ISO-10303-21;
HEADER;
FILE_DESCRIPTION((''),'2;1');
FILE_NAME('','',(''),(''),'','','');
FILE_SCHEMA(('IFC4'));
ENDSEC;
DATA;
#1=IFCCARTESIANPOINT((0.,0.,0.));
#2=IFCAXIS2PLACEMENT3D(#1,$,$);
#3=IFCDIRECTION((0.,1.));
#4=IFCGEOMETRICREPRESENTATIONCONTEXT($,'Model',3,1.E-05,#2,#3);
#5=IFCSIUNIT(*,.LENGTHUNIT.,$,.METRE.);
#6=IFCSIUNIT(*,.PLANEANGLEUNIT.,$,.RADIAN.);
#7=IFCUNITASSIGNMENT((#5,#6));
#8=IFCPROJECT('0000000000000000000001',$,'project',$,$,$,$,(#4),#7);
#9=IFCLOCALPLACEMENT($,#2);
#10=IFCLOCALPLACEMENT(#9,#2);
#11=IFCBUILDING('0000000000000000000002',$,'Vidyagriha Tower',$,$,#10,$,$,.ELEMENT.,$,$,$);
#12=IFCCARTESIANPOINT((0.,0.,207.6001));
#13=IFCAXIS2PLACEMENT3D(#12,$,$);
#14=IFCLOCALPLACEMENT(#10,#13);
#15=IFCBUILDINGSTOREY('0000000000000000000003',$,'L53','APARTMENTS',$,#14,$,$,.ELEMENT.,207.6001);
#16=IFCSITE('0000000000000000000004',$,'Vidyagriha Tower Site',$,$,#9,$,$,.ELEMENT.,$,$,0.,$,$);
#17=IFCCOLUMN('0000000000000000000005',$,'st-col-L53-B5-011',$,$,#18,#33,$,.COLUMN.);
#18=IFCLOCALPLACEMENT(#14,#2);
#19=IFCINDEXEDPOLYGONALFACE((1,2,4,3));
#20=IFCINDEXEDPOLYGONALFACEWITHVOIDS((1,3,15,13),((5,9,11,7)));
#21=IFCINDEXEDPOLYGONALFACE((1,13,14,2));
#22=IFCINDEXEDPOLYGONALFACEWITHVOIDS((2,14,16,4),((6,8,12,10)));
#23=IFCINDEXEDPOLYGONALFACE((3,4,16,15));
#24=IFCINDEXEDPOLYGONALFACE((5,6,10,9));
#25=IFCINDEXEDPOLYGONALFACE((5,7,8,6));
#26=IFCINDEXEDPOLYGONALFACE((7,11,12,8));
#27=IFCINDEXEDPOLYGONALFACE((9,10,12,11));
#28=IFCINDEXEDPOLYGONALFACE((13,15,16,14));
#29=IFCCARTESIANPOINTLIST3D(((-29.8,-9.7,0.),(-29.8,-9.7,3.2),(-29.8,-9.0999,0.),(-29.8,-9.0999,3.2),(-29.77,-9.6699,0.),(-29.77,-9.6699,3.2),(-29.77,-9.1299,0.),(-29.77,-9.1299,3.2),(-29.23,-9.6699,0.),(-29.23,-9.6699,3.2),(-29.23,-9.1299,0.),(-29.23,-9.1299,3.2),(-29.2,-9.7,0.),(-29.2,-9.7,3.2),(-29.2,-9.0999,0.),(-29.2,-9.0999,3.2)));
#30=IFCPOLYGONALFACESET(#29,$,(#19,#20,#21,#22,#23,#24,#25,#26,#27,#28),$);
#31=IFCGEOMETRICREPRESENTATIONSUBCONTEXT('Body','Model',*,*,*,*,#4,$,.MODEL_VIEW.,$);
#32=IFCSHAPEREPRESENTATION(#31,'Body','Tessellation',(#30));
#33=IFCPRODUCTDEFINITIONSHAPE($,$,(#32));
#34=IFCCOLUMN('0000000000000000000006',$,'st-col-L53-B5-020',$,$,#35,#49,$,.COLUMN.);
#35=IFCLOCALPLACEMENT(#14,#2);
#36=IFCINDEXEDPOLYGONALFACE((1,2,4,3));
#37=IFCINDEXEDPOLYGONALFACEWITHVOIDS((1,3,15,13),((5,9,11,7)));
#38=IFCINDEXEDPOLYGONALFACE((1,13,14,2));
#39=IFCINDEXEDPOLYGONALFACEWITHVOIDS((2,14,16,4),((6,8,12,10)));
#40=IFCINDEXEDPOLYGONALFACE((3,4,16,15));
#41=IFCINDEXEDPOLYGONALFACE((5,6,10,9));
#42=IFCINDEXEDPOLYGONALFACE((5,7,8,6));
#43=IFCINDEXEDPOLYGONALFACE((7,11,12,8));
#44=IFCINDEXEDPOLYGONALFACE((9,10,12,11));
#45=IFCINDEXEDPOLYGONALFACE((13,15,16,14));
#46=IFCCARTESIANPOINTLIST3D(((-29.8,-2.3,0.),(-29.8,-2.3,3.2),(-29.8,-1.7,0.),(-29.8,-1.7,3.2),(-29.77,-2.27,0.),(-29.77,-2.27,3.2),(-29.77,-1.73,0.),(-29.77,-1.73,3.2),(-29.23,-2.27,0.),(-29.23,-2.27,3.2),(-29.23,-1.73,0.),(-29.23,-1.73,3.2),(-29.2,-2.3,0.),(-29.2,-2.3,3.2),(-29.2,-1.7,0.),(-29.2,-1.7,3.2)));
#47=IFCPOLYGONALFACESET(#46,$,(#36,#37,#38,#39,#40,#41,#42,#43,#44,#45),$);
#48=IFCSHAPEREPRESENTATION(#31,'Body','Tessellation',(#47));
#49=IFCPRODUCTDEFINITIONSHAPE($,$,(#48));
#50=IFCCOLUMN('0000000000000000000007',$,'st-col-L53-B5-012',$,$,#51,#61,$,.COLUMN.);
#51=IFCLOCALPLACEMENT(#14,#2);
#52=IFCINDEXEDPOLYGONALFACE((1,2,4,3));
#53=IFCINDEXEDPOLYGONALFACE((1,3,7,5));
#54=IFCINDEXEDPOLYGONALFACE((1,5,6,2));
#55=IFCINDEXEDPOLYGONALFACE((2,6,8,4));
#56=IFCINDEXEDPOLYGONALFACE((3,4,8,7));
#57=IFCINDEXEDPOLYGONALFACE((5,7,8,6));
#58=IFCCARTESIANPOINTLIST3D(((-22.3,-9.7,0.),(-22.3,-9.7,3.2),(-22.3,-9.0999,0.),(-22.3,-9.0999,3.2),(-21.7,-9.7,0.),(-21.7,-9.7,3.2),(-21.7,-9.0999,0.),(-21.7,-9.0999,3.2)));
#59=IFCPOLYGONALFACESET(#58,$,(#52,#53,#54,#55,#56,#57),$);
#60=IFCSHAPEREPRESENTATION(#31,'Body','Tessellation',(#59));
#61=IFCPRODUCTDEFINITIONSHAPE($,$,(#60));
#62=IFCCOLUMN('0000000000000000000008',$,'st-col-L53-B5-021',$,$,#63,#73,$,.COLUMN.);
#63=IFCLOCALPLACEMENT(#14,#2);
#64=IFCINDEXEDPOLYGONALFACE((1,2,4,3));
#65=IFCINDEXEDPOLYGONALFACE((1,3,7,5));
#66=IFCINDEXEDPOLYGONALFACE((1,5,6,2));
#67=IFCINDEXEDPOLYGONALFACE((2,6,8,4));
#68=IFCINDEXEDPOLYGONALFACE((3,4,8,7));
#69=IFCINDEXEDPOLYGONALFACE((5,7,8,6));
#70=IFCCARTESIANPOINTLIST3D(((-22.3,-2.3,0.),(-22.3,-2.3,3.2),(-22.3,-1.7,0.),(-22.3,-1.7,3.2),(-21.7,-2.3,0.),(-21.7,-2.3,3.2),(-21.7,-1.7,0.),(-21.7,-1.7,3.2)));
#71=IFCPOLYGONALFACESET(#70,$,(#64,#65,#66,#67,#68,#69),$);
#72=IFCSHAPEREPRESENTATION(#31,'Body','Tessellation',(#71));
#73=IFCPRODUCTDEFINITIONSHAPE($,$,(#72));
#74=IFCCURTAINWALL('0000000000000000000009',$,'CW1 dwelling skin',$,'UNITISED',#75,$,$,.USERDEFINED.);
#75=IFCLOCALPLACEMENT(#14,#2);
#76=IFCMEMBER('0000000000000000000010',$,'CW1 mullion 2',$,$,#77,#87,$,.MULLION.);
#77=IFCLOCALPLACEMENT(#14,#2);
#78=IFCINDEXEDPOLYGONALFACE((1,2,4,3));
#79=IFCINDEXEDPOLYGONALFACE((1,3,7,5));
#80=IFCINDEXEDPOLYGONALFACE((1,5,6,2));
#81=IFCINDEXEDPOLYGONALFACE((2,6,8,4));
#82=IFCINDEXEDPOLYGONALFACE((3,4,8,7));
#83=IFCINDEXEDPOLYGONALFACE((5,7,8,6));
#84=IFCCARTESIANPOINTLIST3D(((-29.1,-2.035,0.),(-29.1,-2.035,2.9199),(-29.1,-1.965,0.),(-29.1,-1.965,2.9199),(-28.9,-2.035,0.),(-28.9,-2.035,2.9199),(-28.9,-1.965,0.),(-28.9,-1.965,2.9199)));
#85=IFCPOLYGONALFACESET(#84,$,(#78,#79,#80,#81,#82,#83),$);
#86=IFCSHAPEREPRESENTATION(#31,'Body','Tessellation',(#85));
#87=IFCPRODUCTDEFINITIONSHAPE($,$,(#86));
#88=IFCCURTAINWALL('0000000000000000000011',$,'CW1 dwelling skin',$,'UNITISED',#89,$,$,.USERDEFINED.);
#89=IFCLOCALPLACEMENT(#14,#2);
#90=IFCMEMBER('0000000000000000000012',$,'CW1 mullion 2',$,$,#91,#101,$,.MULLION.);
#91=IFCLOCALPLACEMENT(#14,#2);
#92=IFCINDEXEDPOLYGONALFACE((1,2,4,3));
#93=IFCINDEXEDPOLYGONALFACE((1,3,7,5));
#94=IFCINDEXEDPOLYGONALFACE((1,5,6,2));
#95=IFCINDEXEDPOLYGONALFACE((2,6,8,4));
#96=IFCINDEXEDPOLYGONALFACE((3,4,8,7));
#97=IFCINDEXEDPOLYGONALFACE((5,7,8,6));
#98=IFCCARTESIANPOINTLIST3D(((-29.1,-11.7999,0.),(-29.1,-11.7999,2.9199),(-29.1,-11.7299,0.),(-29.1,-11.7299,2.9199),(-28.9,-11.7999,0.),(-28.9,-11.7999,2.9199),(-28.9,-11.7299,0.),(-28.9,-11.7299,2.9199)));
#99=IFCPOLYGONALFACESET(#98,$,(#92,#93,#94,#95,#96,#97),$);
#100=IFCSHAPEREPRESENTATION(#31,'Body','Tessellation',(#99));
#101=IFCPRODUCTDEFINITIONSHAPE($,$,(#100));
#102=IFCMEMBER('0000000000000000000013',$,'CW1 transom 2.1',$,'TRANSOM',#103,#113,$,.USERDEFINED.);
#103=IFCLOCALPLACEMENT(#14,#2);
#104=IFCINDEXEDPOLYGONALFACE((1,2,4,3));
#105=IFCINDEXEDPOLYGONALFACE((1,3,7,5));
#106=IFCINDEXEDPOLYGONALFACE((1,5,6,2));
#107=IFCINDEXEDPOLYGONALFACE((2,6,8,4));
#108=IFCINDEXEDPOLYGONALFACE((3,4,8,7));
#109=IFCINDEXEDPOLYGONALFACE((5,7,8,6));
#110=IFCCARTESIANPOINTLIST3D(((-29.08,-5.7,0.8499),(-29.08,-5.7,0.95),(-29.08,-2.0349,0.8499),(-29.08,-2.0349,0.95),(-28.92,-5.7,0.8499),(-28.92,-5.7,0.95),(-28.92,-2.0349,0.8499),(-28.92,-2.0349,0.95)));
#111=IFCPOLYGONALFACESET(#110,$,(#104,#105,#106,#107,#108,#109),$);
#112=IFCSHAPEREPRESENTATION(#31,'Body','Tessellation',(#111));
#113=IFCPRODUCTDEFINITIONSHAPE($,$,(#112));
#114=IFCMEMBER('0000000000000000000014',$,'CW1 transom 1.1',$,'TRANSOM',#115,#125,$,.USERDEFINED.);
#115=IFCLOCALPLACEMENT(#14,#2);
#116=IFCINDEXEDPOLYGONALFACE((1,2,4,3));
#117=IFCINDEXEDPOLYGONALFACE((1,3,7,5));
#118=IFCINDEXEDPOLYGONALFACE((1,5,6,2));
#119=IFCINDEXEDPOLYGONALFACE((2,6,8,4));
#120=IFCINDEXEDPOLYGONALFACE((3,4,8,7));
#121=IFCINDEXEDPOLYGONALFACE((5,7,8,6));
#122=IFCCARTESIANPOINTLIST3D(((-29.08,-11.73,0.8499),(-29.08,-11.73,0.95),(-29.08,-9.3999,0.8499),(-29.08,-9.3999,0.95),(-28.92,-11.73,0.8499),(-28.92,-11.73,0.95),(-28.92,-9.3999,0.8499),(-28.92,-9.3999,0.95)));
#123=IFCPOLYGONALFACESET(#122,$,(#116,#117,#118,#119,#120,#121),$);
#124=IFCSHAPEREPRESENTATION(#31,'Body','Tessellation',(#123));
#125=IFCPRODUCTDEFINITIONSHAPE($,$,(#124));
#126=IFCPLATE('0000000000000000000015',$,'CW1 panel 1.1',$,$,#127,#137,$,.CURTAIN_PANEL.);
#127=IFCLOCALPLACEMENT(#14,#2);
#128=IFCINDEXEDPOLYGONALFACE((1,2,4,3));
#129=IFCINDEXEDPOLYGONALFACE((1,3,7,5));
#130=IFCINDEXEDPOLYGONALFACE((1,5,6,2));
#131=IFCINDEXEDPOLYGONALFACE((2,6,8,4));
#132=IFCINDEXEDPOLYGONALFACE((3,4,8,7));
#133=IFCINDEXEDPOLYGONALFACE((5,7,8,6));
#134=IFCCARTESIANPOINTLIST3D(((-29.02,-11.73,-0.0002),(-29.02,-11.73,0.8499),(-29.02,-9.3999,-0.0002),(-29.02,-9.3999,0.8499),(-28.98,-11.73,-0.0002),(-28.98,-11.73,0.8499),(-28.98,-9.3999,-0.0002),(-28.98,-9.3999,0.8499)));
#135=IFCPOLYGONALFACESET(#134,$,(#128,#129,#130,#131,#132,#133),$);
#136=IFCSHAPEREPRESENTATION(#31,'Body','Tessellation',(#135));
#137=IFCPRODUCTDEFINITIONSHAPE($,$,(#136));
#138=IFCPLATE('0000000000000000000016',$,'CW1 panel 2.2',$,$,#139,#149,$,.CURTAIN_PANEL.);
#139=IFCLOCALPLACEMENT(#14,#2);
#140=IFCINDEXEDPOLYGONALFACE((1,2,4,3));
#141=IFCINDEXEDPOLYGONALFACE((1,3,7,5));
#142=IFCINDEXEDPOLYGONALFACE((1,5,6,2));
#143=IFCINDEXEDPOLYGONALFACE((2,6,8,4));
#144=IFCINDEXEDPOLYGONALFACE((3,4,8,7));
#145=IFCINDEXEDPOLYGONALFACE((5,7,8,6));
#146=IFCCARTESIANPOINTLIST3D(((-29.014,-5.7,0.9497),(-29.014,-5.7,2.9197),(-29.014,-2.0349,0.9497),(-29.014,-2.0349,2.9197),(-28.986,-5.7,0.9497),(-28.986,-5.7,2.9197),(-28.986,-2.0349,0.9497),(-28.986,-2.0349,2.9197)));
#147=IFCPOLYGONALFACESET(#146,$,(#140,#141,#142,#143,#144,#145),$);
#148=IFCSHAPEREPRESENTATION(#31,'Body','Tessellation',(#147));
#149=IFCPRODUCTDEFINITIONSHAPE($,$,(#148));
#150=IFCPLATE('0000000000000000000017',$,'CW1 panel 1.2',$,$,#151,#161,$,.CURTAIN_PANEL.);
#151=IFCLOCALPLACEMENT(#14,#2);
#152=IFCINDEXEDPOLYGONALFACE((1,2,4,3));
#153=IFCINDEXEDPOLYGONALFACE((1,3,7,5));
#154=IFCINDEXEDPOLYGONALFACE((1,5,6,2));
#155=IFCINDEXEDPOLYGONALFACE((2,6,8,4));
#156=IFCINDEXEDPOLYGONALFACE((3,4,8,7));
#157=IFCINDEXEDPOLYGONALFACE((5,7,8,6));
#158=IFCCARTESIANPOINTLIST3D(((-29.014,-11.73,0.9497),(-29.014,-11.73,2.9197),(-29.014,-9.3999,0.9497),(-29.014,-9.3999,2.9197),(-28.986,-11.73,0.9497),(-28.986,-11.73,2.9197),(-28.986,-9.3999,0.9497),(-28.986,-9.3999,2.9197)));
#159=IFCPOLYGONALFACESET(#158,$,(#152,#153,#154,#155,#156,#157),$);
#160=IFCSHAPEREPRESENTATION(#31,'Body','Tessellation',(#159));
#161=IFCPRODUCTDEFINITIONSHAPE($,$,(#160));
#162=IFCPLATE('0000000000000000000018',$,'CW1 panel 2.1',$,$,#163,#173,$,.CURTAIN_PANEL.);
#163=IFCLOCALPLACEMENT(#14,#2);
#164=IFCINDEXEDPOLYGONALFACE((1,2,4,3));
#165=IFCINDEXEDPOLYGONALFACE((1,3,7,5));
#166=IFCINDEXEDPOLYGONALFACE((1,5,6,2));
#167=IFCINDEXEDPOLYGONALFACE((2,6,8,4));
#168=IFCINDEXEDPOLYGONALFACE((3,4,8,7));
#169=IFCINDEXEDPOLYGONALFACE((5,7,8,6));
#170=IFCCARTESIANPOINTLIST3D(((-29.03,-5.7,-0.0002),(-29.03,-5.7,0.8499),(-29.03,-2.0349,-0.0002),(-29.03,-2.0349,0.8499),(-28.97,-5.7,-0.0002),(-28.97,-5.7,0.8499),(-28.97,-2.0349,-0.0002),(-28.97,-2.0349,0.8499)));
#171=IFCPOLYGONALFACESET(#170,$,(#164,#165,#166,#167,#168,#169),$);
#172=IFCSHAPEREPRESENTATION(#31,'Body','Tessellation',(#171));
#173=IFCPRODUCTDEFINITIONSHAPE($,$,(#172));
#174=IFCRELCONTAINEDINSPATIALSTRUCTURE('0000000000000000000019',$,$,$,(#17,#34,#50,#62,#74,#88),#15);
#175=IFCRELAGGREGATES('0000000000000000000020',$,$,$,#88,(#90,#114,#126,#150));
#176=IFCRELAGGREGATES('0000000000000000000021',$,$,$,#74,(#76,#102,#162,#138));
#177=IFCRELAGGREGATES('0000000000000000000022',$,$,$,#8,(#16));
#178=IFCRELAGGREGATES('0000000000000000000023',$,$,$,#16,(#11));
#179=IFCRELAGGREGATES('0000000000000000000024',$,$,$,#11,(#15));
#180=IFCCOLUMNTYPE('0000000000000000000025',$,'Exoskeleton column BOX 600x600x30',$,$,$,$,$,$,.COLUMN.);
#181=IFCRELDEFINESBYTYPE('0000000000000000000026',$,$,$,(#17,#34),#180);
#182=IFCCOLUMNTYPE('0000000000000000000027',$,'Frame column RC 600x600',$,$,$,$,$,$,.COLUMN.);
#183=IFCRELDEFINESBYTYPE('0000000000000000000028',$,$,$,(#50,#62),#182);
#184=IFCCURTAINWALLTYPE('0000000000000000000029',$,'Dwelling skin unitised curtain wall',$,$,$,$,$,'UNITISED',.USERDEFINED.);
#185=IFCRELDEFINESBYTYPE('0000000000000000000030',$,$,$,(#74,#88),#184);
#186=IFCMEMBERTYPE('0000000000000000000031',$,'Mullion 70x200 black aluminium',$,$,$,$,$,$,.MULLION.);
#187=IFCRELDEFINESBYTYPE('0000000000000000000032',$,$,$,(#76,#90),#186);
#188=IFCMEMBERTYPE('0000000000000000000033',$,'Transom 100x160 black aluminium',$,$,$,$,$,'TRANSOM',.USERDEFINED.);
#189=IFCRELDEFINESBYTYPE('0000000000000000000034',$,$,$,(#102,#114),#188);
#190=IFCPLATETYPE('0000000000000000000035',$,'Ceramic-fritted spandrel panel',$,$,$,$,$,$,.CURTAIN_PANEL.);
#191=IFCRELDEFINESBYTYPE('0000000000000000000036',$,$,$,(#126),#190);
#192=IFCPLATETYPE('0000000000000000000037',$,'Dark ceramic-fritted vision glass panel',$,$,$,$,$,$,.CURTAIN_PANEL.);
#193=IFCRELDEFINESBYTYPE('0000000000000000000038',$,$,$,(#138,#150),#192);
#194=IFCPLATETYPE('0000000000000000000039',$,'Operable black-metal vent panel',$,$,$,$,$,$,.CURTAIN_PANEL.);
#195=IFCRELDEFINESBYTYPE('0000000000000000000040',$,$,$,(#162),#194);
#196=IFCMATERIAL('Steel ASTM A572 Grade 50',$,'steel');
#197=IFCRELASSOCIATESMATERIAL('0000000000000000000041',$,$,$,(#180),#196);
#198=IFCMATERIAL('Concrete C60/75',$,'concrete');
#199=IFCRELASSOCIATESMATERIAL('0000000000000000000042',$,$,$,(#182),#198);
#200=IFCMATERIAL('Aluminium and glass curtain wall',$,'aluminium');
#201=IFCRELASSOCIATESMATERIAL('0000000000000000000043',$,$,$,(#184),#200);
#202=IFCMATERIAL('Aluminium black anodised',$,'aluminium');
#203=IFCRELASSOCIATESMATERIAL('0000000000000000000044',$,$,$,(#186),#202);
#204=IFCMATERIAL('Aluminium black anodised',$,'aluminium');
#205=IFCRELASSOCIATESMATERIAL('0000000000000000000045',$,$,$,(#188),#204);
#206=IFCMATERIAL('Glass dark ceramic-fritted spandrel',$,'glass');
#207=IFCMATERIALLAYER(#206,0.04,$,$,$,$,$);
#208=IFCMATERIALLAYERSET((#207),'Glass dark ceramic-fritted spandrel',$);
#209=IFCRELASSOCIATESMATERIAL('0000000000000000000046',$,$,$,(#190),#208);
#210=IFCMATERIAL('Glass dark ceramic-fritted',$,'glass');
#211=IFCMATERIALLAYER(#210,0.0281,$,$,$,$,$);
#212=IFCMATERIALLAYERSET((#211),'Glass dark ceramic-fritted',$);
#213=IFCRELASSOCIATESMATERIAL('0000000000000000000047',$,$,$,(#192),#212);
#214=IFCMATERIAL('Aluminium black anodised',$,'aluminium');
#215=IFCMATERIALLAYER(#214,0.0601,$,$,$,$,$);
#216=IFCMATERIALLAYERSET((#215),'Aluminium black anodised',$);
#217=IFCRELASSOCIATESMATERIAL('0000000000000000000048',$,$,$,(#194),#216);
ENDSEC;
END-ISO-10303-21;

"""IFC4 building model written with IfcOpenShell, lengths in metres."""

from ifc_helpers import new_model, si_unit, direction, frame, origin, origin_2d, place, context, subcontext, project, spatial, rectangle, hollow_rectangle, extrude, material, layer, layer_set, material_profile, profile_set, type_object, element, aggregate, save


model = new_model("IFC4")

# Units and contexts
model_context = context("Model", 3, precision=1e-05, world=origin(), true_north=direction((0.0, 1.0)))
body_context = subcontext(model_context, "Body", "Model", "MODEL_VIEW")
ifc_project = project(units=[si_unit("LENGTHUNIT", "METRE"), si_unit("PLANEANGLEUNIT", "RADIAN")], contexts=[model_context])

# Site, building, storey
site_placement = place(None, origin())
site = spatial("IfcSite", under=ifc_project, at=site_placement, Name="Vidyagriha Tower Site", CompositionType="ELEMENT", RefElevation=0.0)
building_placement = place(site_placement, origin())
building = spatial("IfcBuilding", under=site, at=building_placement, Name="Vidyagriha Tower", CompositionType="ELEMENT")
storey_placement = place(building_placement, frame((0.0, 0.0, 207.6001)))
storey = spatial("IfcBuildingStorey", under=building, at=storey_placement, Name="L53", Description="APARTMENTS", CompositionType="ELEMENT", Elevation=207.6001)

# Columns
ifc_material_1 = material(Name="Steel ASTM A572 Grade 50", Category="steel")
ifc_material_profile_1 = material_profile(ifc_material_1, hollow_rectangle(XDim=0.6001, YDim=0.6001, WallThickness=0.03, at=origin_2d()), Name="BOX 600x600x30")
ifc_profile_set_1 = profile_set([ifc_material_profile_1], Name="Steel ASTM A572 Grade 50")
column_type_1 = type_object("IfcColumnType", Name="Exoskeleton column BOX 600x600x30", PredefinedType="COLUMN", material=ifc_profile_set_1)
for number, where, name in (
    (1, (-29.5, -9.3999, 0.0), "st-col-L53-B5-011"),
    (2, (-29.5, -2.0, 0.0), "st-col-L53-B5-020"),
):
    element("IfcColumn", number, at=place(storey_placement, frame(where)), inside=storey, type_object=column_type_1, Name=name, PredefinedType="COLUMN", context=body_context, shape_type="SweptSolid", body=[
        extrude(hollow_rectangle(XDim=0.6001, YDim=0.6001, WallThickness=0.03, at=origin_2d()), origin(), (0.0, 0.0, 1.0), 3.2),
    ])
ifc_material_2 = material(Name="Concrete C60/75", Category="concrete")
ifc_material_profile_2 = material_profile(ifc_material_2, rectangle(XDim=0.6001, YDim=0.6001, at=origin_2d()), Name="RC 600x600")
ifc_profile_set_2 = profile_set([ifc_material_profile_2], Name="Concrete C60/75")
column_type_2 = type_object("IfcColumnType", Name="Frame column RC 600x600", PredefinedType="COLUMN", material=ifc_profile_set_2)
for number, where, name in (
    (3, (-22.0, -9.3999, 0.0), "st-col-L53-B5-012"),
    (4, (-22.0, -2.0, 0.0), "st-col-L53-B5-021"),
):
    element("IfcColumn", number, at=place(storey_placement, frame(where)), inside=storey, type_object=column_type_2, Name=name, PredefinedType="COLUMN", context=body_context, shape_type="SweptSolid", body=[
        extrude(rectangle(XDim=0.6001, YDim=0.6001, at=origin_2d()), origin(), (0.0, 0.0, 1.0), 3.2),
    ])

# Curtain walls, members
ifc_material_3 = material(Name="Aluminium and glass curtain wall", Category="aluminium")
curtain_wall_type = type_object("IfcCurtainWallType", Name="Dwelling skin unitised curtain wall", ElementType="UNITISED", PredefinedType="USERDEFINED", material=ifc_material_3)
curtain_wall_1_placement = place(storey_placement, origin())
curtain_wall_1 = element("IfcCurtainWall", 5, at=curtain_wall_1_placement, inside=storey, type_object=curtain_wall_type, Name="CW1 dwelling skin", ObjectType="UNITISED", PredefinedType="USERDEFINED")
ifc_material_4 = material(Name="Aluminium black anodised", Category="aluminium")
ifc_material_profile_3 = material_profile(ifc_material_4, rectangle(XDim=0.2, YDim=0.0701, at=origin_2d()), Name="Mullion 70x200 black aluminium")
ifc_profile_set_3 = profile_set([ifc_material_profile_3], Name="Aluminium black anodised")
member_type_1 = type_object("IfcMemberType", Name="Mullion 70x200 black aluminium", PredefinedType="MULLION", material=ifc_profile_set_3)
member_1_placement = place(storey_placement, frame((-29.0, -2.0, 0.0)))
member_1 = element("IfcMember", 6, at=member_1_placement, type_object=member_type_1, Name="CW1 mullion 2", PredefinedType="MULLION", context=body_context, shape_type="SweptSolid", body=[
    extrude(rectangle(XDim=0.2, YDim=0.0701, at=origin_2d()), origin(), (0.0, 0.0, 1.0), 2.9199),
])
curtain_wall_2_placement = place(storey_placement, origin())
curtain_wall_2 = element("IfcCurtainWall", 7, at=curtain_wall_2_placement, inside=storey, type_object=curtain_wall_type, Name="CW1 dwelling skin", ObjectType="UNITISED", PredefinedType="USERDEFINED")
member_2_placement = place(storey_placement, frame((-29.0, -11.7649, 0.0)))
member_2 = element("IfcMember", 8, at=member_2_placement, type_object=member_type_1, Name="CW1 mullion 2", PredefinedType="MULLION", context=body_context, shape_type="SweptSolid", body=[
    extrude(rectangle(XDim=0.2, YDim=0.0701, at=origin_2d()), origin(), (0.0, 0.0, 1.0), 2.9199),
])

# Members
ifc_material_5 = material(Name="Aluminium black anodised", Category="aluminium")
ifc_material_profile_4 = material_profile(ifc_material_5, rectangle(XDim=0.1599, YDim=0.1001, at=origin_2d()), Name="Transom 100x160 black aluminium")
ifc_profile_set_4 = profile_set([ifc_material_profile_4], Name="Aluminium black anodised")
member_type_2 = type_object("IfcMemberType", Name="Transom 100x160 black aluminium", ElementType="TRANSOM", PredefinedType="USERDEFINED", material=ifc_profile_set_4)
member_3_placement = place(storey_placement, frame((-29.0, -2.0349, 0.8999), z_axis=(0.0, -1.0, 0.0), x_axis=(1.0, 0.0, 0.0)))
member_3 = element("IfcMember", 9, at=member_3_placement, type_object=member_type_2, Name="CW1 transom 2.1", ObjectType="TRANSOM", PredefinedType="USERDEFINED", context=body_context, shape_type="SweptSolid", body=[
    extrude(rectangle(XDim=0.1599, YDim=0.1001, at=origin_2d()), origin(), (0.0, 0.0, 1.0), 3.665),
])
member_4_placement = place(storey_placement, frame((-29.0, -9.3999, 0.8999), z_axis=(0.0, -1.0, 0.0), x_axis=(1.0, 0.0, 0.0)))
member_4 = element("IfcMember", 10, at=member_4_placement, type_object=member_type_2, Name="CW1 transom 1.1", ObjectType="TRANSOM", PredefinedType="USERDEFINED", context=body_context, shape_type="SweptSolid", body=[
    extrude(rectangle(XDim=0.1599, YDim=0.1001, at=origin_2d()), origin(), (0.0, 0.0, 1.0), 2.3301),
])

# Plates
ifc_material_6 = material(Name="Glass dark ceramic-fritted spandrel", Category="glass")
ifc_layer_1 = layer(ifc_material_6, 0.04)
ifc_layer_set_1 = layer_set([ifc_layer_1], Name="Glass dark ceramic-fritted spandrel")
plate_type_1 = type_object("IfcPlateType", Name="Ceramic-fritted spandrel panel", PredefinedType="CURTAIN_PANEL", material=ifc_layer_set_1)
plate_1_placement = place(storey_placement, frame((-29.0, -10.5649, -0.0002), z_axis=(0.0, 0.0, 1.0), x_axis=(0.0, -1.0, 0.0)))
plate_1 = element("IfcPlate", 11, at=plate_1_placement, type_object=plate_type_1, Name="CW1 panel 1.1", PredefinedType="CURTAIN_PANEL", context=body_context, shape_type="SweptSolid", body=[
    extrude(rectangle(XDim=2.3301, YDim=0.04, at=origin_2d()), origin(), (0.0, 0.0, 1.0), 0.8501),
])
ifc_material_7 = material(Name="Glass dark ceramic-fritted", Category="glass")
ifc_layer_2 = layer(ifc_material_7, 0.0281)
ifc_layer_set_2 = layer_set([ifc_layer_2], Name="Glass dark ceramic-fritted")
plate_type_2 = type_object("IfcPlateType", Name="Dark ceramic-fritted vision glass panel", PredefinedType="CURTAIN_PANEL", material=ifc_layer_set_2)
plate_2_placement = place(storey_placement, frame((-29.0, -3.8674, 0.9497), z_axis=(0.0, 0.0, 1.0), x_axis=(0.0, -1.0, 0.0)))
plate_2 = element("IfcPlate", 12, at=plate_2_placement, type_object=plate_type_2, Name="CW1 panel 2.2", PredefinedType="CURTAIN_PANEL", context=body_context, shape_type="SweptSolid", body=[
    extrude(rectangle(XDim=3.665, YDim=0.0281, at=origin_2d()), origin(), (0.0, 0.0, 1.0), 1.97),
])
plate_3_placement = place(storey_placement, frame((-29.0, -10.5649, 0.9497), z_axis=(0.0, 0.0, 1.0), x_axis=(0.0, -1.0, 0.0)))
plate_3 = element("IfcPlate", 13, at=plate_3_placement, type_object=plate_type_2, Name="CW1 panel 1.2", PredefinedType="CURTAIN_PANEL", context=body_context, shape_type="SweptSolid", body=[
    extrude(rectangle(XDim=2.3301, YDim=0.0281, at=origin_2d()), origin(), (0.0, 0.0, 1.0), 1.97),
])
aggregate(curtain_wall_2, [member_2, member_4, plate_1, plate_3])
ifc_material_8 = material(Name="Aluminium black anodised", Category="aluminium")
ifc_layer_3 = layer(ifc_material_8, 0.0601)
ifc_layer_set_3 = layer_set([ifc_layer_3], Name="Aluminium black anodised")
plate_type_3 = type_object("IfcPlateType", Name="Operable black-metal vent panel", PredefinedType="CURTAIN_PANEL", material=ifc_layer_set_3)
plate_4_placement = place(storey_placement, frame((-29.0, -3.8674, -0.0002), z_axis=(0.0, 0.0, 1.0), x_axis=(0.0, -1.0, 0.0)))
plate_4 = element("IfcPlate", 14, at=plate_4_placement, type_object=plate_type_3, Name="CW1 panel 2.1", PredefinedType="CURTAIN_PANEL", context=body_context, shape_type="SweptSolid", body=[
    extrude(rectangle(XDim=3.665, YDim=0.0601, at=origin_2d()), origin(), (0.0, 0.0, 1.0), 0.8501),
])
aggregate(curtain_wall_1, [member_1, member_3, plate_4, plate_2])

save(model, "model.ifc")
